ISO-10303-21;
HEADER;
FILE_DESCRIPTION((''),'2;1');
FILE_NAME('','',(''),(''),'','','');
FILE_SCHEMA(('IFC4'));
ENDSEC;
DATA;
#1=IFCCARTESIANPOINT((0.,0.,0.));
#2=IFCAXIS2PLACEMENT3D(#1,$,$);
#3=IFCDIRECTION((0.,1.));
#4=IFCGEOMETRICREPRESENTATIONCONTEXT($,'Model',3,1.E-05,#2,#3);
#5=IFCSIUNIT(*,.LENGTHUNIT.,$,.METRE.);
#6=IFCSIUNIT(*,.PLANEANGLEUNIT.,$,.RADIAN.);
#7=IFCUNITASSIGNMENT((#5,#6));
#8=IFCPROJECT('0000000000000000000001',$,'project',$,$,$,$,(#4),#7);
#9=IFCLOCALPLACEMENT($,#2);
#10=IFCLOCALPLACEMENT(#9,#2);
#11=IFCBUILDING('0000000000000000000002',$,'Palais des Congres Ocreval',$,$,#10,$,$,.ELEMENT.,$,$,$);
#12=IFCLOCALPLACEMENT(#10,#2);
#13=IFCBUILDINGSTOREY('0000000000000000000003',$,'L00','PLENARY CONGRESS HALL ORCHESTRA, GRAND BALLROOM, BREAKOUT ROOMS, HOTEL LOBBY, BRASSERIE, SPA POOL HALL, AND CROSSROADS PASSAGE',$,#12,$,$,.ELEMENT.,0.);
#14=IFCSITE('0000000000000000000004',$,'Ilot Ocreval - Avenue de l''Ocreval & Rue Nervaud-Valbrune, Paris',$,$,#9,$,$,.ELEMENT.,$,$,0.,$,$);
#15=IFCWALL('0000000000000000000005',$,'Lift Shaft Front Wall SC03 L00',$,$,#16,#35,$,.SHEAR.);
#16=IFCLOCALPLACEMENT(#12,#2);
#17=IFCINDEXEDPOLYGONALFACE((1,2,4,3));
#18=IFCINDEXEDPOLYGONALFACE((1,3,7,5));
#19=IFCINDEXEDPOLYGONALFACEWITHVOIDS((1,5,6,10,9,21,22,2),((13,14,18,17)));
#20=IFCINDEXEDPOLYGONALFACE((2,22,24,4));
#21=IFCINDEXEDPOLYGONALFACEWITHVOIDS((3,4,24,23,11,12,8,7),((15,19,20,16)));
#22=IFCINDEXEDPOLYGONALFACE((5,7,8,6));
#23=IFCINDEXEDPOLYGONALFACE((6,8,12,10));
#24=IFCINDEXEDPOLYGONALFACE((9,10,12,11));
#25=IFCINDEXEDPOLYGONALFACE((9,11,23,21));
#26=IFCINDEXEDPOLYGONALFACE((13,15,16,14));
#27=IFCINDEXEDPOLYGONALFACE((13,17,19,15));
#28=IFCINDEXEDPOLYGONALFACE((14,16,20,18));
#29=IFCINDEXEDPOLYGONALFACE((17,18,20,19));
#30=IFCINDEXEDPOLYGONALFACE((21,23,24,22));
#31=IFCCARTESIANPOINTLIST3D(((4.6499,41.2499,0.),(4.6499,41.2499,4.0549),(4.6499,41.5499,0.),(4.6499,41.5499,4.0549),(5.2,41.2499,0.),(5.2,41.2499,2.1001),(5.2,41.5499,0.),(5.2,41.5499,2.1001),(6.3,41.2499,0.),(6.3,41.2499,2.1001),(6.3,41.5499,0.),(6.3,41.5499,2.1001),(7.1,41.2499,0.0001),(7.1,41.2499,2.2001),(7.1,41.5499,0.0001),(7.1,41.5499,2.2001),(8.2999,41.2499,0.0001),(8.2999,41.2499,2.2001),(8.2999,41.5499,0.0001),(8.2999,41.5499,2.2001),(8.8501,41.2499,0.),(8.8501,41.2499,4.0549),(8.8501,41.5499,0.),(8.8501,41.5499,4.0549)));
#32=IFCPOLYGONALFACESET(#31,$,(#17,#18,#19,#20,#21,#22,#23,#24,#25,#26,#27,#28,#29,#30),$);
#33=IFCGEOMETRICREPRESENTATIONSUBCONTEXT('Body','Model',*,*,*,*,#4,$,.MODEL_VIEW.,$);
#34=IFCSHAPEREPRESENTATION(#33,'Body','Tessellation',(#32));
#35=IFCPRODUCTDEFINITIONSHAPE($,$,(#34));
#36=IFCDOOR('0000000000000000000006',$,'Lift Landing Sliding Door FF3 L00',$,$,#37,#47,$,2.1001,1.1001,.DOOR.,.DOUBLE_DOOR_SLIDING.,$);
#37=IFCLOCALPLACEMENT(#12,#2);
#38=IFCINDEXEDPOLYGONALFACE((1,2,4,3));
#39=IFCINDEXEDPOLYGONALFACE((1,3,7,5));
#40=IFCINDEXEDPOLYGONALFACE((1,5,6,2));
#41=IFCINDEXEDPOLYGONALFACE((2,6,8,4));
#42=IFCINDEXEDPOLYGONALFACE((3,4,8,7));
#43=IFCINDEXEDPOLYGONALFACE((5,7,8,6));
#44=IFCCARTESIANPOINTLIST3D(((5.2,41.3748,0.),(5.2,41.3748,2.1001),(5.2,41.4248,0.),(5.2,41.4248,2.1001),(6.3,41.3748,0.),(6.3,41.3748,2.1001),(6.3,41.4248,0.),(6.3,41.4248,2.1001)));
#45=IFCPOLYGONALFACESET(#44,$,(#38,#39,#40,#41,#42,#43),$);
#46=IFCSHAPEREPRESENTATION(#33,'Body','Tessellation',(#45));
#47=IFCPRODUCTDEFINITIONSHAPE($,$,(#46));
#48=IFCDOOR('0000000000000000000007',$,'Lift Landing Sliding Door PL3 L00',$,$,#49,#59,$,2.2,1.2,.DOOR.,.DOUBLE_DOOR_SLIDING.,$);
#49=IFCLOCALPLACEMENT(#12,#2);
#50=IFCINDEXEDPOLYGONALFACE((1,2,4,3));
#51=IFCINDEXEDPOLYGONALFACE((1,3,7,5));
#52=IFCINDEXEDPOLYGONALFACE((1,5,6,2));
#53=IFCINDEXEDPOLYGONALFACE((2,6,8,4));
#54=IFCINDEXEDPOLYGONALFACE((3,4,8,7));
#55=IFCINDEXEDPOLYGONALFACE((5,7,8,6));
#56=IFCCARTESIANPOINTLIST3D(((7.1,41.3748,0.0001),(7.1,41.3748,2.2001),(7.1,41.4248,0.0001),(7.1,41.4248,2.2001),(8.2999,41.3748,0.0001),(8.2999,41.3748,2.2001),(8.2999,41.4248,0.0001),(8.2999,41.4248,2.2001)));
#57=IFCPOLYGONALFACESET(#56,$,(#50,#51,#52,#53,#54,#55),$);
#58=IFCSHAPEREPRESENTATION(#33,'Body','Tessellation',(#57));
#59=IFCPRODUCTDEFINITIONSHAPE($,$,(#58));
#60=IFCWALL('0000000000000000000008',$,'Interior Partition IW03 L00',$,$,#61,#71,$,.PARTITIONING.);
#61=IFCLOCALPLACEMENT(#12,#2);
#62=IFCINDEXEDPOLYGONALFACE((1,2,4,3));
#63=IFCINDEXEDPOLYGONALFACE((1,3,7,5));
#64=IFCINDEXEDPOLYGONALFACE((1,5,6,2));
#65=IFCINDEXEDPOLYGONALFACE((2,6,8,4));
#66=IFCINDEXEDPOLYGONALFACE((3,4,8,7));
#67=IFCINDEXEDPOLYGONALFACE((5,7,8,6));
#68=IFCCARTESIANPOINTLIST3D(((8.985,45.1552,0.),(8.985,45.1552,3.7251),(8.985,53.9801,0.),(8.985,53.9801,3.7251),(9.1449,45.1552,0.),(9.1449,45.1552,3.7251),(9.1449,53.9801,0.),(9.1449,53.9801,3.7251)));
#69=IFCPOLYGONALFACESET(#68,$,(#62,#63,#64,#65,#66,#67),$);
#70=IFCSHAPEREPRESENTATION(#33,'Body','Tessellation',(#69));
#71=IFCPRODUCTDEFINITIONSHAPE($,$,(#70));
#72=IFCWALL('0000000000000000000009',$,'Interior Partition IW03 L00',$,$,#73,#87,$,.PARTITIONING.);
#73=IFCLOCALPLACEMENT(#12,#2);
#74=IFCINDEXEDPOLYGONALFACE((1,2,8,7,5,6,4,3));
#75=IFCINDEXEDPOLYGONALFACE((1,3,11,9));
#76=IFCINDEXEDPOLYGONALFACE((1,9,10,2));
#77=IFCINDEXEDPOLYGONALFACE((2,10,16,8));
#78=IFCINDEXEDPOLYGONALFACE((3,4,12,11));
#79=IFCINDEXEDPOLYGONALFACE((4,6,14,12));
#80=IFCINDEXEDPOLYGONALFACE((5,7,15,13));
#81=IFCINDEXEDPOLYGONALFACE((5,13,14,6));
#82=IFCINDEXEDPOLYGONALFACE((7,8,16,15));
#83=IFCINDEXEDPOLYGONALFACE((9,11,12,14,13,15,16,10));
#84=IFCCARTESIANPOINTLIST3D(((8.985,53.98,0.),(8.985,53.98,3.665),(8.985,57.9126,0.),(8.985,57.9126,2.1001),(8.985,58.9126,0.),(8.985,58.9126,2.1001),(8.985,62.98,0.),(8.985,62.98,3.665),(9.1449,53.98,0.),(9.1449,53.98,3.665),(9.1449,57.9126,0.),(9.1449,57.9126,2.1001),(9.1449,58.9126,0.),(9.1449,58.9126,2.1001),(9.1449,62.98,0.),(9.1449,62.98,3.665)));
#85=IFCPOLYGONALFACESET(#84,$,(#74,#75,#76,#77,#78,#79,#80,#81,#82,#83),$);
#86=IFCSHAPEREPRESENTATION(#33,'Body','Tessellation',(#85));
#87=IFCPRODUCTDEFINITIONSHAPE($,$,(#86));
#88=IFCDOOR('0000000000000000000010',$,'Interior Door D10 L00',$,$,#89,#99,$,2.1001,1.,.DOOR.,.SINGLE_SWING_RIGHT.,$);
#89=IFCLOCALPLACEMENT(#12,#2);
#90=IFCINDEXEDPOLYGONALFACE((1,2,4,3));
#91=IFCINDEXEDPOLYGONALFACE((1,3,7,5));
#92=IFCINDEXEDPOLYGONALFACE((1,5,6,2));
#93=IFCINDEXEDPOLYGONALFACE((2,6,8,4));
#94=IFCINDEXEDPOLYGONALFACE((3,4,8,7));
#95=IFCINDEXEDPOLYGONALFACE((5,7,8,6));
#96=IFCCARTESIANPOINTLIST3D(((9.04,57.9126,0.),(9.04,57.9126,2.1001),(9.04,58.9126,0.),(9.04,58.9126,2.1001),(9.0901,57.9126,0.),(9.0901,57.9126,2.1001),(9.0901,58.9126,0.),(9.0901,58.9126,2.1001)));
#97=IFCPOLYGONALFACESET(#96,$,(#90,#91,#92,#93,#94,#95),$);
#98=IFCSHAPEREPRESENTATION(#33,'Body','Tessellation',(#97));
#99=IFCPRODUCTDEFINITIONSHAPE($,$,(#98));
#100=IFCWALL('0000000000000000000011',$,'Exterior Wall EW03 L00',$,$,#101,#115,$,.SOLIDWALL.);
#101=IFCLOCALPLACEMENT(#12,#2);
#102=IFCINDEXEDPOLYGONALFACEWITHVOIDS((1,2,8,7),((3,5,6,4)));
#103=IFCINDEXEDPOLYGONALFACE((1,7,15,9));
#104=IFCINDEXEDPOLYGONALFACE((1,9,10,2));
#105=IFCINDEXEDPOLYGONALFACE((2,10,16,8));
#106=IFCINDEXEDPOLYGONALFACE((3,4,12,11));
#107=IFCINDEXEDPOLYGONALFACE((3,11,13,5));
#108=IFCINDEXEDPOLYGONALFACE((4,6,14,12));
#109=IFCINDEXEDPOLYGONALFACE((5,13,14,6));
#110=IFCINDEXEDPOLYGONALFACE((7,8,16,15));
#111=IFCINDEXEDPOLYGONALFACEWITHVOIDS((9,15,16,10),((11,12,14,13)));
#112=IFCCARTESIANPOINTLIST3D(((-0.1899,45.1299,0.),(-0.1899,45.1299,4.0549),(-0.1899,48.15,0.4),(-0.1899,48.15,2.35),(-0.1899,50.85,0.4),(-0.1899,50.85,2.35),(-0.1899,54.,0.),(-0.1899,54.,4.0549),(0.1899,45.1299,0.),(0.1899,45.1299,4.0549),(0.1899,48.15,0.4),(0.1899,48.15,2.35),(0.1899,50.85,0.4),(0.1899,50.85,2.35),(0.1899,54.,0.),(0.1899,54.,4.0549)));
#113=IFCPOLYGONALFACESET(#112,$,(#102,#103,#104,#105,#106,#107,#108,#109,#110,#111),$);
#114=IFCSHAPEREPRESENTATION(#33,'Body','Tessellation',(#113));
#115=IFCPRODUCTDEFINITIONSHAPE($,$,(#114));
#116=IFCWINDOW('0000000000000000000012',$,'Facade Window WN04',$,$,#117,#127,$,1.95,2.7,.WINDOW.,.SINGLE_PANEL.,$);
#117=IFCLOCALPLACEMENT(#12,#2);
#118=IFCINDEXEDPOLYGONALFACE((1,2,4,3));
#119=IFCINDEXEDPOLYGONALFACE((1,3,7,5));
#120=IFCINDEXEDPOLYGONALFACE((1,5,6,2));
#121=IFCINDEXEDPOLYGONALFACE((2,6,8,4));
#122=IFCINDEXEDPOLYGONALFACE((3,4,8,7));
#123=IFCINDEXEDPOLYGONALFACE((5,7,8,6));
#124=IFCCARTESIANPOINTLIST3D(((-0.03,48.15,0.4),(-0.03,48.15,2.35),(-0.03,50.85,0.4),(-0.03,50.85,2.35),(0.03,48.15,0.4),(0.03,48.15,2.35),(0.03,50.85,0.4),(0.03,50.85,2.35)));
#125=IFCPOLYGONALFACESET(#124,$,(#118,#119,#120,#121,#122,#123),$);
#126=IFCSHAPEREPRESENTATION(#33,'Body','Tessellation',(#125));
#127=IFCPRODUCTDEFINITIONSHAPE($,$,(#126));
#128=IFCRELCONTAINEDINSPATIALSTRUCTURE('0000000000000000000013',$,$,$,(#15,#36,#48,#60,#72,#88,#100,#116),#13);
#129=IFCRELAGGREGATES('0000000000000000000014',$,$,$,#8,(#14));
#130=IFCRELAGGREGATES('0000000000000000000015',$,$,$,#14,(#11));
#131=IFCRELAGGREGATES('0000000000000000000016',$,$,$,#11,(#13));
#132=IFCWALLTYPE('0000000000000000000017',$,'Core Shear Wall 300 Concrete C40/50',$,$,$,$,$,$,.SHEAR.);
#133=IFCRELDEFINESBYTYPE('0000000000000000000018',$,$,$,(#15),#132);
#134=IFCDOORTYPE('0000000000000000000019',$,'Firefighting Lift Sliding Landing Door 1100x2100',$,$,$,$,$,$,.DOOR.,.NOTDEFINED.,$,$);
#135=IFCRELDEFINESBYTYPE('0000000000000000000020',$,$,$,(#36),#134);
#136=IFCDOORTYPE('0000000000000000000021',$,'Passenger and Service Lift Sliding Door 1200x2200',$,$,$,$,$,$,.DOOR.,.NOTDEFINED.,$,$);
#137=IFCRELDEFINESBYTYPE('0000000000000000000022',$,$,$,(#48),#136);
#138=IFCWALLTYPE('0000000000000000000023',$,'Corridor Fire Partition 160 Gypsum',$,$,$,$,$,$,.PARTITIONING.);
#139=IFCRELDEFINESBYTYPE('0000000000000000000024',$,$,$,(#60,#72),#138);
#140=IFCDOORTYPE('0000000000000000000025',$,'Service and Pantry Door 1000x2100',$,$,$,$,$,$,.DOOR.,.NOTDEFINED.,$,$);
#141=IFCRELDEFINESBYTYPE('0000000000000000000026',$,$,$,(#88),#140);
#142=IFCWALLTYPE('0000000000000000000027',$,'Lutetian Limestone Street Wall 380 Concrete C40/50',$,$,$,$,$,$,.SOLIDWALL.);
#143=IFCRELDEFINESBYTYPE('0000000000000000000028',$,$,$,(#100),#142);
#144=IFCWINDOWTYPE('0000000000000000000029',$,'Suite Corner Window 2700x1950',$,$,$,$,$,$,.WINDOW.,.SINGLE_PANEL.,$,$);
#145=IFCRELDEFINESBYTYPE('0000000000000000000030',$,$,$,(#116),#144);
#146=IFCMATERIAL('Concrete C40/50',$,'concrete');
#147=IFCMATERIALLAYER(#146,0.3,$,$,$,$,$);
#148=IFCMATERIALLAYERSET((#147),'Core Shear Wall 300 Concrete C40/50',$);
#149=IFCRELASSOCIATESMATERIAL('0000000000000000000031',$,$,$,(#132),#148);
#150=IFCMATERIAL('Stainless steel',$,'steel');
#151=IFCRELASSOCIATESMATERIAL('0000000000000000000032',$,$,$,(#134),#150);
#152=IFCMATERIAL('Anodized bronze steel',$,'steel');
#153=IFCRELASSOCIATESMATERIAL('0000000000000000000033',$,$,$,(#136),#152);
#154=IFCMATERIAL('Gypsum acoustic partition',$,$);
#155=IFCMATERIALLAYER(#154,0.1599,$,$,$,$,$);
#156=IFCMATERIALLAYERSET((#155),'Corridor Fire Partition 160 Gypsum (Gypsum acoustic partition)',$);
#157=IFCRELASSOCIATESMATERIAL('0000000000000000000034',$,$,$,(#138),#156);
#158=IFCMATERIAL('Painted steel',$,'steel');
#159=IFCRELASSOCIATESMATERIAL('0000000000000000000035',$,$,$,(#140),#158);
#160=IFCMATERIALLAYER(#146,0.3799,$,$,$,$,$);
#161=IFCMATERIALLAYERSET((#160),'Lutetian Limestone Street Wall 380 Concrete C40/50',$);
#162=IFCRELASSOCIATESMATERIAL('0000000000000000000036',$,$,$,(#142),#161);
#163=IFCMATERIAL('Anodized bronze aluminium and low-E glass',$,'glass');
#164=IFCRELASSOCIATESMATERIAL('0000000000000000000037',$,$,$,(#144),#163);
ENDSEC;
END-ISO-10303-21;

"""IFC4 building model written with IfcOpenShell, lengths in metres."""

from ifc_helpers import new_model, si_unit, direction, frame, frame_2d, origin, place, context, subcontext, project, spatial, rectangle, extrude, material, layer, layer_set, type_object, element, fill, save


model = new_model("IFC4")

# Units and contexts
model_context = context("Model", 3, precision=1e-05, world=origin(), true_north=direction((0.0, 1.0)))
body_context = subcontext(model_context, "Body", "Model", "MODEL_VIEW")
ifc_project = project(units=[si_unit("LENGTHUNIT", "METRE"), si_unit("PLANEANGLEUNIT", "RADIAN")], contexts=[model_context])

# Site, building, storey
site_placement = place(None, origin())
site = spatial("IfcSite", under=ifc_project, at=site_placement, Name="Ilot Ocreval - Avenue de l'Ocreval & Rue Nervaud-Valbrune, Paris", CompositionType="ELEMENT", RefElevation=0.0)
building_placement = place(site_placement, origin())
building = spatial("IfcBuilding", under=site, at=building_placement, Name="Palais des Congres Ocreval", CompositionType="ELEMENT")
storey_placement = place(building_placement, origin())
storey = spatial("IfcBuildingStorey", under=building, at=storey_placement, Name="L00", Description="PLENARY CONGRESS HALL ORCHESTRA, GRAND BALLROOM, BREAKOUT ROOMS, HOTEL LOBBY, BRASSERIE, SPA POOL HALL, AND CROSSROADS PASSAGE", CompositionType="ELEMENT", Elevation=0.0)

# Shared definitions
ifc_material_1 = material(Name="Concrete C40/50", Category="concrete")

# Shared definitions
ifc_layer_1 = layer(ifc_material_1, 0.3)
ifc_layer_set_1 = layer_set([ifc_layer_1], Name="Core Shear Wall 300 Concrete C40/50")
wall_type_1 = type_object("IfcWallType", Name="Core Shear Wall 300 Concrete C40/50", PredefinedType="SHEAR", material=ifc_layer_set_1)

# Wall, openings, doors
wall_1_placement = place(storey_placement, frame((4.6499, 41.3999, 0.0), z_axis=(0.0, 0.0, 1.0), x_axis=(1.0, 0.0, 0.0)))
wall_1 = element("IfcWall", 1, at=wall_1_placement, inside=storey, type_object=wall_type_1, Name="Lift Shaft Front Wall SC03 L00", PredefinedType="SHEAR", context=body_context, shape_type="SweptSolid", body=[
    extrude(rectangle(XDim=4.2002, YDim=0.3, at=frame_2d((2.1001, 0.0))), origin(), (0.0, 0.0, 1.0), 4.0549),
])
opening_1_placement = place(wall_1_placement, frame((0.55, 0.0, 0.0)))
opening_1 = element("IfcOpeningElement", 2, at=opening_1_placement, cuts=wall_1, PredefinedType="OPENING", context=body_context, shape_type="SweptSolid", body=[
    extrude(rectangle(XDim=1.1001, YDim=2.1001, at=frame_2d((0.55, 1.05))), frame((0.0, 0.1599, 0.0), z_axis=(0.0, -1.0, 0.0), x_axis=(1.0, 0.0, 0.0)), (0.0, 0.0, 1.0), 0.3201),
])
opening_2_placement = place(wall_1_placement, frame((2.45, 0.0, 0.0)))
opening_2 = element("IfcOpeningElement", 3, at=opening_2_placement, cuts=wall_1, PredefinedType="OPENING", context=body_context, shape_type="SweptSolid", body=[
    extrude(rectangle(XDim=1.2, YDim=2.2, at=frame_2d((0.6001, 1.1001))), frame((0.0, 0.1599, 0.0), z_axis=(0.0, -1.0, 0.0), x_axis=(1.0, 0.0, 0.0)), (0.0, 0.0, 1.0), 0.3201),
])
ifc_material_2 = material(Name="Stainless steel", Category="steel")
door_type_1 = type_object("IfcDoorType", Name="Firefighting Lift Sliding Landing Door 1100x2100", OperationType="NOTDEFINED", PredefinedType="DOOR", material=ifc_material_2)
door_1_placement = place(opening_1_placement, origin())
door_1 = element("IfcDoor", 4, at=door_1_placement, inside=storey, type_object=door_type_1, Name="Lift Landing Sliding Door FF3 L00", OperationType="DOUBLE_DOOR_SLIDING", OverallHeight=2.1001, OverallWidth=1.1001, PredefinedType="DOOR", context=body_context, shape_type="SweptSolid", body=[
    extrude(rectangle(XDim=1.1001, YDim=2.1001, at=frame_2d((0.55, 1.05))), frame((0.0, 0.0249, 0.0), z_axis=(0.0, -1.0, 0.0), x_axis=(1.0, 0.0, 0.0)), (0.0, 0.0, 1.0), 0.05),
])
fill(opening_1, door_1)
ifc_material_3 = material(Name="Anodized bronze steel", Category="steel")
door_type_2 = type_object("IfcDoorType", Name="Passenger and Service Lift Sliding Door 1200x2200", OperationType="NOTDEFINED", PredefinedType="DOOR", material=ifc_material_3)
door_2_placement = place(opening_2_placement, origin())
door_2 = element("IfcDoor", 5, at=door_2_placement, inside=storey, type_object=door_type_2, Name="Lift Landing Sliding Door PL3 L00", OperationType="DOUBLE_DOOR_SLIDING", OverallHeight=2.2, OverallWidth=1.2, PredefinedType="DOOR", context=body_context, shape_type="SweptSolid", body=[
    extrude(rectangle(XDim=1.2, YDim=2.2, at=frame_2d((0.6001, 1.1001))), frame((0.0, 0.0249, 0.0), z_axis=(0.0, -1.0, 0.0), x_axis=(1.0, 0.0, 0.0)), (0.0, 0.0, 1.0), 0.05),
])
fill(opening_2, door_2)

# Wall
ifc_material_4 = material(Name="Gypsum acoustic partition")
ifc_layer_2 = layer(ifc_material_4, 0.1599)
ifc_layer_set_2 = layer_set([ifc_layer_2], Name="Corridor Fire Partition 160 Gypsum (Gypsum acoustic partition)")
wall_type_2 = type_object("IfcWallType", Name="Corridor Fire Partition 160 Gypsum", PredefinedType="PARTITIONING", material=ifc_layer_set_2)
wall_2_placement = place(storey_placement, frame((9.0649, 45.155, 0.0), z_axis=(0.0, 0.0, 1.0), x_axis=(0.0, 1.0, 0.0)))
element("IfcWall", 6, at=wall_2_placement, inside=storey, type_object=wall_type_2, Name="Interior Partition IW03 L00", PredefinedType="PARTITIONING", context=body_context, shape_type="SweptSolid", body=[
    extrude(rectangle(XDim=8.825, YDim=0.1599, at=frame_2d((4.4126, 0.0))), origin(), (0.0, 0.0, 1.0), 3.7251),
])

# Wall, opening, door
wall_3_placement = place(storey_placement, frame((9.0649, 53.98, 0.0), z_axis=(0.0, 0.0, 1.0), x_axis=(0.0, 1.0, 0.0)))
wall_3 = element("IfcWall", 7, at=wall_3_placement, inside=storey, type_object=wall_type_2, Name="Interior Partition IW03 L00", PredefinedType="PARTITIONING", context=body_context, shape_type="SweptSolid", body=[
    extrude(rectangle(XDim=9.0, YDim=0.1599, at=frame_2d((4.5, 0.0))), origin(), (0.0, 0.0, 1.0), 3.665),
])
opening_3_placement = place(wall_3_placement, frame((3.9326, 0.0, 0.0)))
opening_3 = element("IfcOpeningElement", 8, at=opening_3_placement, cuts=wall_3, PredefinedType="OPENING", context=body_context, shape_type="SweptSolid", body=[
    extrude(rectangle(XDim=1.0, YDim=2.1001, at=frame_2d((0.5, 1.05))), frame((0.0, 0.0898, 0.0), z_axis=(0.0, -1.0, 0.0), x_axis=(1.0, 0.0, 0.0)), (0.0, 0.0, 1.0), 0.1799),
])
ifc_material_5 = material(Name="Painted steel", Category="steel")
door_type_3 = type_object("IfcDoorType", Name="Service and Pantry Door 1000x2100", OperationType="NOTDEFINED", PredefinedType="DOOR", material=ifc_material_5)
door_3_placement = place(opening_3_placement, origin())
door_3 = element("IfcDoor", 9, at=door_3_placement, inside=storey, type_object=door_type_3, Name="Interior Door D10 L00", OperationType="SINGLE_SWING_RIGHT", OverallHeight=2.1001, OverallWidth=1.0, PredefinedType="DOOR", context=body_context, shape_type="SweptSolid", body=[
    extrude(rectangle(XDim=1.0, YDim=2.1001, at=frame_2d((0.5, 1.05))), frame((0.0, 0.0249, 0.0), z_axis=(0.0, -1.0, 0.0), x_axis=(1.0, 0.0, 0.0)), (0.0, 0.0, 1.0), 0.05),
])
fill(opening_3, door_3)

# Wall, opening, window
ifc_layer_3 = layer(ifc_material_1, 0.3799)
ifc_layer_set_3 = layer_set([ifc_layer_3], Name="Lutetian Limestone Street Wall 380 Concrete C40/50")
wall_type_3 = type_object("IfcWallType", Name="Lutetian Limestone Street Wall 380 Concrete C40/50", PredefinedType="SOLIDWALL", material=ifc_layer_set_3)
wall_4_placement = place(storey_placement, frame((0.0, 45.1299, 0.0), z_axis=(0.0, 0.0, 1.0), x_axis=(0.0, 1.0, 0.0)))
wall_4 = element("IfcWall", 10, at=wall_4_placement, inside=storey, type_object=wall_type_3, Name="Exterior Wall EW03 L00", PredefinedType="SOLIDWALL", context=body_context, shape_type="SweptSolid", body=[
    extrude(rectangle(XDim=8.8701, YDim=0.3799, at=frame_2d((4.4351, 0.0))), origin(), (0.0, 0.0, 1.0), 4.0549),
])
opening_4_placement = place(wall_4_placement, frame((3.02, 0.0, 0.3999)))
opening_4 = element("IfcOpeningElement", 11, at=opening_4_placement, cuts=wall_4, PredefinedType="OPENING", context=body_context, shape_type="SweptSolid", body=[
    extrude(rectangle(XDim=2.7, YDim=1.95, at=frame_2d((1.3501, 0.9751))), frame((0.0, 0.2, 0.0), z_axis=(0.0, -1.0, 0.0), x_axis=(1.0, 0.0, 0.0)), (0.0, 0.0, 1.0), 0.3999),
])
ifc_material_6 = material(Name="Anodized bronze aluminium and low-E glass", Category="glass")
window_type = type_object("IfcWindowType", Name="Suite Corner Window 2700x1950", PartitioningType="SINGLE_PANEL", PredefinedType="WINDOW", material=ifc_material_6)
window_placement = place(opening_4_placement, origin())
window = element("IfcWindow", 12, at=window_placement, inside=storey, type_object=window_type, Name="Facade Window WN04", OverallHeight=1.95, OverallWidth=2.7, PartitioningType="SINGLE_PANEL", PredefinedType="WINDOW", context=body_context, shape_type="SweptSolid", body=[
    extrude(rectangle(XDim=2.7, YDim=1.95, at=frame_2d((1.3501, 0.9751))), frame((0.0, 0.03, 0.0), z_axis=(0.0, -1.0, 0.0), x_axis=(1.0, 0.0, 0.0)), (0.0, 0.0, 1.0), 0.0601),
])
fill(opening_4, window)

save(model, "model.ifc")
